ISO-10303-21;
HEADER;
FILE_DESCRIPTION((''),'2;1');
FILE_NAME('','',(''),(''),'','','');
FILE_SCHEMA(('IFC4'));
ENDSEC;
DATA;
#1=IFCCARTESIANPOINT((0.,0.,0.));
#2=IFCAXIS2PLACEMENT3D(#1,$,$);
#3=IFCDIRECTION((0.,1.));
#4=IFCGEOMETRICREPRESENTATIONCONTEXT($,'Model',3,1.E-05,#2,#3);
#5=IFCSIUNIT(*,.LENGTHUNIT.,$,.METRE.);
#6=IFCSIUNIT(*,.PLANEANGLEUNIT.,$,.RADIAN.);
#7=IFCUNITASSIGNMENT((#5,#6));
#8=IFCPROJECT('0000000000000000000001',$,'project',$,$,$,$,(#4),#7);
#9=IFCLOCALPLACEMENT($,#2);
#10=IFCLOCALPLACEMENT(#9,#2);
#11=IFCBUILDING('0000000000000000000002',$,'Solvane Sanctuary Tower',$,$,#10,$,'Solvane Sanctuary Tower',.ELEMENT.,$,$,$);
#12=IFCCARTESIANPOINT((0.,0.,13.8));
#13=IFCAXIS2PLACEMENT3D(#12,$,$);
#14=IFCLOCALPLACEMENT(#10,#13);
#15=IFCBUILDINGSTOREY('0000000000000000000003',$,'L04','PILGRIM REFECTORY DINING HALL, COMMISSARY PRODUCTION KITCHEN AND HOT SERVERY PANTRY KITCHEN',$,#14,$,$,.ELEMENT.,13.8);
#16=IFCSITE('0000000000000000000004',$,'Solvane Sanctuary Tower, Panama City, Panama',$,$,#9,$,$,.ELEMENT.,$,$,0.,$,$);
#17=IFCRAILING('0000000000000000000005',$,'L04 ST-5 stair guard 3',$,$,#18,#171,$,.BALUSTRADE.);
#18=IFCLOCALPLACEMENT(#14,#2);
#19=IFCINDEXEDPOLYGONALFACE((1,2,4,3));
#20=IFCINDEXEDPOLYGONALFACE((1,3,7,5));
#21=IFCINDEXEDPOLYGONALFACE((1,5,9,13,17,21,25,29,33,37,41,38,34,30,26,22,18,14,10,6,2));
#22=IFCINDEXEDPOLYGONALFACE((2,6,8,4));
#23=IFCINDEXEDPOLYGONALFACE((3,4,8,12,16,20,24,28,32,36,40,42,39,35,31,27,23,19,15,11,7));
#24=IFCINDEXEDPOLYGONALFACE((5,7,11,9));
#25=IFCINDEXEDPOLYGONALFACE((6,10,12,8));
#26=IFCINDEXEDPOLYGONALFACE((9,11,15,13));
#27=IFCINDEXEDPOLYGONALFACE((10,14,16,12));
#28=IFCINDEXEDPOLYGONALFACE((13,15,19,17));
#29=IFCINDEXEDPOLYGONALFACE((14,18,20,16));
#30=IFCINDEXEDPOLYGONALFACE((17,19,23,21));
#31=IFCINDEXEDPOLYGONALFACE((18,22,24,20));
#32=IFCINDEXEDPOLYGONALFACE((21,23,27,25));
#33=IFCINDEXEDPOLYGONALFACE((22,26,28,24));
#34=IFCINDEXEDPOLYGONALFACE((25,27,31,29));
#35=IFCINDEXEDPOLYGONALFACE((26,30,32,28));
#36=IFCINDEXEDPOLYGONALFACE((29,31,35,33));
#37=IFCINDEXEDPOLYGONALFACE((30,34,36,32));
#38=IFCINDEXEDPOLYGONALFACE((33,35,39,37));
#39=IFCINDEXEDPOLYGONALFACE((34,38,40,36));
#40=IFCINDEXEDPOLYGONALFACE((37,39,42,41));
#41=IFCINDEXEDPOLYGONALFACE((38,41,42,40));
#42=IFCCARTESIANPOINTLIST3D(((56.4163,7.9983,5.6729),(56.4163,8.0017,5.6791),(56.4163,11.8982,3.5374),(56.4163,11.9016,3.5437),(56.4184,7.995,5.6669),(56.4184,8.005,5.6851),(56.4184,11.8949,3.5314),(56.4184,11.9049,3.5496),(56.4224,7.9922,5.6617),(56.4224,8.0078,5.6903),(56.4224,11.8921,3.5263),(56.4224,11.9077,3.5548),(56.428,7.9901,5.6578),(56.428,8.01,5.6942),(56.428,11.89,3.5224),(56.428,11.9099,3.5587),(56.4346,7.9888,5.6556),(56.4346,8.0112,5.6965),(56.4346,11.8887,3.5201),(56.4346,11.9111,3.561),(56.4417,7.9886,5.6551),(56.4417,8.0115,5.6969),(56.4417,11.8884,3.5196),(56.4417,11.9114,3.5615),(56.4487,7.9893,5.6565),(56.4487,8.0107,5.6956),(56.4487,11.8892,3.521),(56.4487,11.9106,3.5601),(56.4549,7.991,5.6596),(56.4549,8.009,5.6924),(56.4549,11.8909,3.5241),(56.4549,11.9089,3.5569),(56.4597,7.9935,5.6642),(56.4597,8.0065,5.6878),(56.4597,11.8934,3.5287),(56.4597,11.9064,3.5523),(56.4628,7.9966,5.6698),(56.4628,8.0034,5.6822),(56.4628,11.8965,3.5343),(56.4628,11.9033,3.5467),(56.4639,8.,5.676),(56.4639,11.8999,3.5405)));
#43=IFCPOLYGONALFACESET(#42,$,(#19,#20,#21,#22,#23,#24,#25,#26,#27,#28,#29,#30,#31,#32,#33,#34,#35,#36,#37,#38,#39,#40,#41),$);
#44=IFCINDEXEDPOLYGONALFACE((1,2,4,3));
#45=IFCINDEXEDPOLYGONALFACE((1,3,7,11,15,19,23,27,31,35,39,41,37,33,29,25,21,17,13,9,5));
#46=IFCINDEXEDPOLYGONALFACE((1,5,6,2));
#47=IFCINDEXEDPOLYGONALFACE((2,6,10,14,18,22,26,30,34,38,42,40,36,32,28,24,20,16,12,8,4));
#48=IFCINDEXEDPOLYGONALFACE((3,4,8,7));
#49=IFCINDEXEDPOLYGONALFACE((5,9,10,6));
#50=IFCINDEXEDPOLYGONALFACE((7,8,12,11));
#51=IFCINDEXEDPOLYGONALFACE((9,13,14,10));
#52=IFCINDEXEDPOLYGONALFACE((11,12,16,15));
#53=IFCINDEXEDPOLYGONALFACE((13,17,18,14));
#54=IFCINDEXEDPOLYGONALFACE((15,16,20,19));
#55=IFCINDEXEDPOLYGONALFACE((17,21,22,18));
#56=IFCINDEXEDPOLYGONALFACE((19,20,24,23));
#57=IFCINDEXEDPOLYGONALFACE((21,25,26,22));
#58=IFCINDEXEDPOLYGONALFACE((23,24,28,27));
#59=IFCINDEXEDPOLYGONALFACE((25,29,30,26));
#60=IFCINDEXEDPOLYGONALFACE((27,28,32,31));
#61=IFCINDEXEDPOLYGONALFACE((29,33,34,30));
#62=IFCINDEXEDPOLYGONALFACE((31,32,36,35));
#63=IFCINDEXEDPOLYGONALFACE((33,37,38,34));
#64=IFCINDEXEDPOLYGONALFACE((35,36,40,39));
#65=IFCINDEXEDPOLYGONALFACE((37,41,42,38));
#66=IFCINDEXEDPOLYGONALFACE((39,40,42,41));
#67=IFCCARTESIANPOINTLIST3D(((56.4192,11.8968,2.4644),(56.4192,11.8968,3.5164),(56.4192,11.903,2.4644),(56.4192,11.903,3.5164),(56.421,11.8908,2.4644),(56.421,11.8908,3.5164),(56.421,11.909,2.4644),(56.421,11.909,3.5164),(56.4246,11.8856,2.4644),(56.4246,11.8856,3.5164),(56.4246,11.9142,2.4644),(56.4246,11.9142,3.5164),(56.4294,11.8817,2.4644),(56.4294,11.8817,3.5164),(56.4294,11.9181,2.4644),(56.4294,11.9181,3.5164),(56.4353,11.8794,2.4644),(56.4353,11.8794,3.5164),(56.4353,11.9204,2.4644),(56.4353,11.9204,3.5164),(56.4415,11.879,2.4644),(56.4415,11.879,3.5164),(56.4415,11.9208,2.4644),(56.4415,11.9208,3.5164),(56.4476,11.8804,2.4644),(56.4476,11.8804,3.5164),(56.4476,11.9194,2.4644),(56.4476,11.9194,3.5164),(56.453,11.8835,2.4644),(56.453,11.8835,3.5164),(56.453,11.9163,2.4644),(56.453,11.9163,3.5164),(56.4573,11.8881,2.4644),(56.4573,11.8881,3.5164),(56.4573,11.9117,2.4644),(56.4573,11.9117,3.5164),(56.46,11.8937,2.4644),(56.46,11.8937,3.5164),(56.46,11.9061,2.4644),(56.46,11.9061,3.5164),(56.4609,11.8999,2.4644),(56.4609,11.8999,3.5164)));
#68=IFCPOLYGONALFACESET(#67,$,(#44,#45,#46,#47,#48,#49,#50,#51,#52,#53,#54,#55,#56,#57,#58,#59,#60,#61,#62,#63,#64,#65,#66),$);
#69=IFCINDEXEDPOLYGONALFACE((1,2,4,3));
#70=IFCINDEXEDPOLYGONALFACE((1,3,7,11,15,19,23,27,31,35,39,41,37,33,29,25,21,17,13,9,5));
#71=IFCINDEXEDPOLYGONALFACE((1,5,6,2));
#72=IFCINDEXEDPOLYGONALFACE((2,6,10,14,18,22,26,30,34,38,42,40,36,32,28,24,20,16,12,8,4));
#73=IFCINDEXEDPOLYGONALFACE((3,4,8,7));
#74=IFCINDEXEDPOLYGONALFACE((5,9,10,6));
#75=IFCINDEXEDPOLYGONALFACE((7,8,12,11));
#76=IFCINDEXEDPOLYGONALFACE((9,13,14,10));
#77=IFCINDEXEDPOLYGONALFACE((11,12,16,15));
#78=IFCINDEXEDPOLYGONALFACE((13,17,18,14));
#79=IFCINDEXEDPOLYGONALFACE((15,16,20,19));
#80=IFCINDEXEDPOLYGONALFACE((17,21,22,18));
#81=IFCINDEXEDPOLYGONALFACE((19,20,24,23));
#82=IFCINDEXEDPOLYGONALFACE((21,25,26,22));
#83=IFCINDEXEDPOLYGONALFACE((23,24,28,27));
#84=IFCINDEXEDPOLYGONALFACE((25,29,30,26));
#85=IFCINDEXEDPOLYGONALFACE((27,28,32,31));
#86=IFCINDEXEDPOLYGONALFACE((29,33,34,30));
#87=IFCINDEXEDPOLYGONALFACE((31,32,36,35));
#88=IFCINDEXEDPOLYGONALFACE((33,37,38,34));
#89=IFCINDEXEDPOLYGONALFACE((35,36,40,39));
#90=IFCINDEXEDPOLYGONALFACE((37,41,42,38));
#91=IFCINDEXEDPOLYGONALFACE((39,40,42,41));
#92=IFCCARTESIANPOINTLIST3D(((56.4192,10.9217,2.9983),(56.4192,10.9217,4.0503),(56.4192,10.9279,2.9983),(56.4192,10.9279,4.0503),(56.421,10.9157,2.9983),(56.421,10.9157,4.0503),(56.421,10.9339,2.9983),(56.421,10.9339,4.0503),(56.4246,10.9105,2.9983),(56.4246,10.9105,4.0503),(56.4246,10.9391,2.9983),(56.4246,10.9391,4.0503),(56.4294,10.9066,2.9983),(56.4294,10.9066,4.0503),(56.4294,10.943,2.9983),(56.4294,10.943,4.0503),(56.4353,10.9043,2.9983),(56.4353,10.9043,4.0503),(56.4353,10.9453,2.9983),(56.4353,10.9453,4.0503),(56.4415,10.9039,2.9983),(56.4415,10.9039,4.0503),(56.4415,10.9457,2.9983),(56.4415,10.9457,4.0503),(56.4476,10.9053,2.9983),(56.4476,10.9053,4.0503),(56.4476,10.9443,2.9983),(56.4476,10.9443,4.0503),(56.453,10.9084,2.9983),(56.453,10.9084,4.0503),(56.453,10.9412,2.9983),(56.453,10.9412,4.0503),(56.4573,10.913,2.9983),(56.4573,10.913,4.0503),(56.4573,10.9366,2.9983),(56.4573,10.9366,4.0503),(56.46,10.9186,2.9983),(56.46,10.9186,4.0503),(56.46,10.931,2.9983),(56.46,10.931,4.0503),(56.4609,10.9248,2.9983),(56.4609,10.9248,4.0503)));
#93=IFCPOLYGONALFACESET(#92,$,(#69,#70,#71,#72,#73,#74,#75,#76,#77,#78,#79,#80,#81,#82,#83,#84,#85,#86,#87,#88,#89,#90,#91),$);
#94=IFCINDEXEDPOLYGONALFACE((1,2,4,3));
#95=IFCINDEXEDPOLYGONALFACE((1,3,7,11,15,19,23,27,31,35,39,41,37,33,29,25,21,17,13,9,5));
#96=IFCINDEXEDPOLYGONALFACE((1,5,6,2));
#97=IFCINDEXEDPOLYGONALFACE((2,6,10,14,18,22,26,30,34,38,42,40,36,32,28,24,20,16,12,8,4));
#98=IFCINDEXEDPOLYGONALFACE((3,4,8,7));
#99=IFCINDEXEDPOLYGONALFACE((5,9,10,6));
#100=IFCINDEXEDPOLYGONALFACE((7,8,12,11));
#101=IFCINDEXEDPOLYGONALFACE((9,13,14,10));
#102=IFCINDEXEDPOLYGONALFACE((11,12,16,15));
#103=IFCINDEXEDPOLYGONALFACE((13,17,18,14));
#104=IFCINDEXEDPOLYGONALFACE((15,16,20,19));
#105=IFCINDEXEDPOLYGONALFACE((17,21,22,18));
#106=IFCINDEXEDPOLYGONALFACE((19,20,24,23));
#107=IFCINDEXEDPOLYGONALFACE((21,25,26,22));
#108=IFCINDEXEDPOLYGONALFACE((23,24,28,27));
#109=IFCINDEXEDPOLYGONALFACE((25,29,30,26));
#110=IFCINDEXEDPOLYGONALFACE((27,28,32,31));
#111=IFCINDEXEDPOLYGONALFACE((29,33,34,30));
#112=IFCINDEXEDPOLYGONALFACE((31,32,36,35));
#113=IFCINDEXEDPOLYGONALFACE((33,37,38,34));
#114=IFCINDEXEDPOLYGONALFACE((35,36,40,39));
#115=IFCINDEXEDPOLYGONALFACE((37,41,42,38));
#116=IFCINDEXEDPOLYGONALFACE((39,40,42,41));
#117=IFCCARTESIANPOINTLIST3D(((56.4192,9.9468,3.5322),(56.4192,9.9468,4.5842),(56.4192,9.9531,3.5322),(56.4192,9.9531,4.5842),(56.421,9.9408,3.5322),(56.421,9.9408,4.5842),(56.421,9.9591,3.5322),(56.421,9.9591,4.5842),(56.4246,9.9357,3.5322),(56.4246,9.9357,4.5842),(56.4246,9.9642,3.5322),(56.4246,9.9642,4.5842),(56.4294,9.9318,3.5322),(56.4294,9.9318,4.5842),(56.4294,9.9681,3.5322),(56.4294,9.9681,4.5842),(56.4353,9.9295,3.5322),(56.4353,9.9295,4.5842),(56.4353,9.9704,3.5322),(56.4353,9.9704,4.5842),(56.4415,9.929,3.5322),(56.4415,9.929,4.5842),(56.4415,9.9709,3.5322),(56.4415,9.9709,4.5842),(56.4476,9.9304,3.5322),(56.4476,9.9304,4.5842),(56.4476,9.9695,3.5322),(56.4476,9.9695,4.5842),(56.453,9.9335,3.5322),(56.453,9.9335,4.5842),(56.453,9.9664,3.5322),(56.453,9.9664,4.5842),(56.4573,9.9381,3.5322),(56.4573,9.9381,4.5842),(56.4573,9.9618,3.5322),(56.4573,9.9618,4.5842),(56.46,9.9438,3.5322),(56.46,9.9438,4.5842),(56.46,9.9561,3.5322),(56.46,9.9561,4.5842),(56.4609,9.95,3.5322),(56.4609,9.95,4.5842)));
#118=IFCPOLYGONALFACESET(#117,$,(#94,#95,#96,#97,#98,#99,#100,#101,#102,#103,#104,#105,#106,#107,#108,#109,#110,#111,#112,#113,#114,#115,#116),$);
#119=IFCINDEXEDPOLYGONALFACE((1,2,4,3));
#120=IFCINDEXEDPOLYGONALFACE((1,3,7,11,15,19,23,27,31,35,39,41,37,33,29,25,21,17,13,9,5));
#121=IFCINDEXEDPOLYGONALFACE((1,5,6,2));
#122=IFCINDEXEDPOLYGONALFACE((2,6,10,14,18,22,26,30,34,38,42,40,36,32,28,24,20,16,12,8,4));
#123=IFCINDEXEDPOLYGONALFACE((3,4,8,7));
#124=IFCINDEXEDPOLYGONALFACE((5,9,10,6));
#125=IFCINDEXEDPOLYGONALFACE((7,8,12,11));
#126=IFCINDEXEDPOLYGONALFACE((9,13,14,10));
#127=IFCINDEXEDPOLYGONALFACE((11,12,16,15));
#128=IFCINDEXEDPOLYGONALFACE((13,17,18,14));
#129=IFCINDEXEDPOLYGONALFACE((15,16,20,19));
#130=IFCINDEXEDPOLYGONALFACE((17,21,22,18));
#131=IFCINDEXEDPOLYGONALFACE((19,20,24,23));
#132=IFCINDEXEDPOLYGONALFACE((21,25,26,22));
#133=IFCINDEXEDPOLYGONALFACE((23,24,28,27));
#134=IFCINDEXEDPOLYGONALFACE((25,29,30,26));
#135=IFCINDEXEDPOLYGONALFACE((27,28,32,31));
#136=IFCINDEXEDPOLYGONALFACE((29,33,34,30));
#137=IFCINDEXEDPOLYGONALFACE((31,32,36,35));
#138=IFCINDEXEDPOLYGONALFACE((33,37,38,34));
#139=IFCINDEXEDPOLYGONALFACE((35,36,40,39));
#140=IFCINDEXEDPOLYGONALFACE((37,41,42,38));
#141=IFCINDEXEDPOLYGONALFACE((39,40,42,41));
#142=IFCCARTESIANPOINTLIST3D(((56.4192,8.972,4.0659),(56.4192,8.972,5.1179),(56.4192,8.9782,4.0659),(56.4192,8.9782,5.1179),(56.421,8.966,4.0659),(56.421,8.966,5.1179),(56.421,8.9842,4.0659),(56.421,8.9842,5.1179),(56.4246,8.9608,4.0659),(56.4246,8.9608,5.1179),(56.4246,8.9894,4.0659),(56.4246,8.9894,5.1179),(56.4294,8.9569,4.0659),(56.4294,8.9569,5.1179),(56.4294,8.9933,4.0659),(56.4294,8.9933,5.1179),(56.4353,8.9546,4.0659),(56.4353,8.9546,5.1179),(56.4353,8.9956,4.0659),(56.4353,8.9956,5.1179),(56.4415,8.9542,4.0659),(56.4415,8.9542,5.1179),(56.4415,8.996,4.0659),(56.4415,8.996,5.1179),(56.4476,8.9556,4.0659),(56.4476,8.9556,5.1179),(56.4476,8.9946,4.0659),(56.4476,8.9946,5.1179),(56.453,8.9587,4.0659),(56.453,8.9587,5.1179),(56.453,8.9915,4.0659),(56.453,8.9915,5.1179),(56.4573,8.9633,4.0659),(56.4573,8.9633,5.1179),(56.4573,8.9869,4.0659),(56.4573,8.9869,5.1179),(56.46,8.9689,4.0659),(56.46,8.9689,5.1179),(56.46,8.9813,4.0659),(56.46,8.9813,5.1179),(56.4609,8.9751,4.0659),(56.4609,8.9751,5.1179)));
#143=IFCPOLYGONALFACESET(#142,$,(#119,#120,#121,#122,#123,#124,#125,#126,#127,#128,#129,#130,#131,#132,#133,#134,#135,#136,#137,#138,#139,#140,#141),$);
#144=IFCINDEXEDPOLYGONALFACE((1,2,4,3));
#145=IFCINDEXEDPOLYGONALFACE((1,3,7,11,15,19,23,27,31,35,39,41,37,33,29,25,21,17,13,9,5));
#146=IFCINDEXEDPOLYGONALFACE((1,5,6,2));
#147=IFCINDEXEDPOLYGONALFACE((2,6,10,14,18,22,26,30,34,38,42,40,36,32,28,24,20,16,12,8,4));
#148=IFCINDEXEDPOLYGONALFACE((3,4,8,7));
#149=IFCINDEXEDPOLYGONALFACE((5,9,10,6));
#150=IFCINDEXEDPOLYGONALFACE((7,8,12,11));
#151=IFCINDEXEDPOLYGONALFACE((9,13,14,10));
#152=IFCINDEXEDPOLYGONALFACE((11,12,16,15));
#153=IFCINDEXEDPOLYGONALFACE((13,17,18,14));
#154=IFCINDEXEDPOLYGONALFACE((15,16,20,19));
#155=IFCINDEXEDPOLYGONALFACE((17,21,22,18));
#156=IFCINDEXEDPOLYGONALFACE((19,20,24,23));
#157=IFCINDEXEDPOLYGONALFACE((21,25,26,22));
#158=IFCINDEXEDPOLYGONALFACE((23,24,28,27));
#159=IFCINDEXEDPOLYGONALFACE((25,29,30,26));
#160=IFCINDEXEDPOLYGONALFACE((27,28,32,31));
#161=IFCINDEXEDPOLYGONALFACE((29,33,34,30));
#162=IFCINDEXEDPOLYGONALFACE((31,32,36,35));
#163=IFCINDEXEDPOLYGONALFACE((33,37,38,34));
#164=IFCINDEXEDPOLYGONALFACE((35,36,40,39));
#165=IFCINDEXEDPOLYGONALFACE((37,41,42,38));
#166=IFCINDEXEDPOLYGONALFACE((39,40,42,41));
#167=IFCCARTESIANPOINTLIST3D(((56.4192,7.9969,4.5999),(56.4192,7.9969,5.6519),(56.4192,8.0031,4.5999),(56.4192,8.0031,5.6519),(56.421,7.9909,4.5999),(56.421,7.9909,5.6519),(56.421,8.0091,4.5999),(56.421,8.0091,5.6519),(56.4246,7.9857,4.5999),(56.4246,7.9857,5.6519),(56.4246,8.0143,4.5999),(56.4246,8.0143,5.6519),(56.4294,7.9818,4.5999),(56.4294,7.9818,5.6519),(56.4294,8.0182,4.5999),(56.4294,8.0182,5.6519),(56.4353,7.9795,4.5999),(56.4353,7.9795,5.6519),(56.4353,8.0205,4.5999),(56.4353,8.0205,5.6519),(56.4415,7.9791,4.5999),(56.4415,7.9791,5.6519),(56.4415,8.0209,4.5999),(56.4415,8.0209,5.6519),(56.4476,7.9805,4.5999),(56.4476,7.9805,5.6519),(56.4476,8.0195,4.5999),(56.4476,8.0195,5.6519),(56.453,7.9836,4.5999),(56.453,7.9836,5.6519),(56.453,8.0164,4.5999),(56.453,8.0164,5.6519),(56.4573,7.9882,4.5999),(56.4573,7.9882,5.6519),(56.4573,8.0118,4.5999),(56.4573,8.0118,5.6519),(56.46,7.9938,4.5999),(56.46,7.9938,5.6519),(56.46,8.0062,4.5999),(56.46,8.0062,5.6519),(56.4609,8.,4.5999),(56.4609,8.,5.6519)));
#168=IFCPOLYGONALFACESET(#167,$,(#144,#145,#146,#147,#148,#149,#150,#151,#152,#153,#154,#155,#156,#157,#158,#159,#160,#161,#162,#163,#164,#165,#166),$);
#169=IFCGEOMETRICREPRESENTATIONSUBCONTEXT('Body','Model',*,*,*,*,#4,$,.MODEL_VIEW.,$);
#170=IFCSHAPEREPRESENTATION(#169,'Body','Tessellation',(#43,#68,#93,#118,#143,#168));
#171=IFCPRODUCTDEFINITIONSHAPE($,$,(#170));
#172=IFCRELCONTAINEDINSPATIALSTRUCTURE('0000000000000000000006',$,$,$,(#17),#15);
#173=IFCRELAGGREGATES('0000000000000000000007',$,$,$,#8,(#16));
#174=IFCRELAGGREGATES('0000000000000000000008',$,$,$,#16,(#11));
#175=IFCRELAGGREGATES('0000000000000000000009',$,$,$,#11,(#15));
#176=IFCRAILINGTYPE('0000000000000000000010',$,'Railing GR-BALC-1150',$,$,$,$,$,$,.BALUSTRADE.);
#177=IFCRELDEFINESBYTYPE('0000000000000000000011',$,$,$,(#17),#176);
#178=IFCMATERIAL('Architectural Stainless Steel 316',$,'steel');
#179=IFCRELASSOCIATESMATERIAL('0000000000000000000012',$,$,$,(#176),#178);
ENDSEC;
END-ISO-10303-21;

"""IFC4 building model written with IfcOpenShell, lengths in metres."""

from ifc_helpers import new_model, si_unit, direction, frame, origin, origin_2d, place, context, subcontext, project, spatial, circle, extrude, material, type_object, element, save


model = new_model("IFC4")

# Units and contexts
model_context = context("Model", 3, precision=1e-05, world=origin(), true_north=direction((0.0, 1.0)))
body_context = subcontext(model_context, "Body", "Model", "MODEL_VIEW")
ifc_project = project(units=[si_unit("LENGTHUNIT", "METRE"), si_unit("PLANEANGLEUNIT", "RADIAN")], contexts=[model_context])

# Site, building, storey
site_placement = place(None, origin())
site = spatial("IfcSite", under=ifc_project, at=site_placement, Name="Solvane Sanctuary Tower, Panama City, Panama", CompositionType="ELEMENT", RefElevation=0.0)
building_placement = place(site_placement, origin())
building = spatial("IfcBuilding", under=site, at=building_placement, Name="Solvane Sanctuary Tower", LongName="Solvane Sanctuary Tower", CompositionType="ELEMENT")
storey_placement = place(building_placement, frame((0.0, 0.0, 13.8)))
storey = spatial("IfcBuildingStorey", under=building, at=storey_placement, Name="L04", Description="PILGRIM REFECTORY DINING HALL, COMMISSARY PRODUCTION KITCHEN AND HOT SERVERY PANTRY KITCHEN", CompositionType="ELEMENT", Elevation=13.8)

# Shared definitions
ifc_material_1 = material(Name="Architectural Stainless Steel 316", Category="steel")

# Railing
railing_type_1 = type_object("IfcRailingType", Name="Railing GR-BALC-1150", PredefinedType="BALUSTRADE", material=ifc_material_1)
railing_1_placement = place(storey_placement, frame((56.4399, 11.8999, 2.4644)))
element("IfcRailing", 1, at=railing_1_placement, inside=storey, type_object=railing_type_1, Name="L04 ST-5 stair guard 3", PredefinedType="BALUSTRADE", context=body_context, shape_type="SweptSolid", body=[
    extrude(circle(Radius=0.0239, at=origin_2d()), frame((0.0, 0.0, 1.0762), z_axis=(0.0, -0.877112, 0.480286), x_axis=(1.0, 0.0, 0.0)), (0.0, 0.0, 1.0), 4.4463),
    extrude(circle(Radius=0.021, at=origin_2d()), origin(), (0.0, 0.0, 1.0), 1.052),
    extrude(circle(Radius=0.021, at=origin_2d()), frame((0.0, -0.9751, 0.5339)), (0.0, 0.0, 1.0), 1.052),
    extrude(circle(Radius=0.021, at=origin_2d()), frame((0.0, -1.95, 1.0679)), (0.0, 0.0, 1.0), 1.052),
    extrude(circle(Radius=0.021, at=origin_2d()), frame((0.0, -2.9248, 1.6016)), (0.0, 0.0, 1.0), 1.052),
    extrude(circle(Radius=0.021, at=origin_2d()), frame((0.0, -3.8999, 2.1355)), (0.0, 0.0, 1.0), 1.052),
])

save(model, "model.ifc")
